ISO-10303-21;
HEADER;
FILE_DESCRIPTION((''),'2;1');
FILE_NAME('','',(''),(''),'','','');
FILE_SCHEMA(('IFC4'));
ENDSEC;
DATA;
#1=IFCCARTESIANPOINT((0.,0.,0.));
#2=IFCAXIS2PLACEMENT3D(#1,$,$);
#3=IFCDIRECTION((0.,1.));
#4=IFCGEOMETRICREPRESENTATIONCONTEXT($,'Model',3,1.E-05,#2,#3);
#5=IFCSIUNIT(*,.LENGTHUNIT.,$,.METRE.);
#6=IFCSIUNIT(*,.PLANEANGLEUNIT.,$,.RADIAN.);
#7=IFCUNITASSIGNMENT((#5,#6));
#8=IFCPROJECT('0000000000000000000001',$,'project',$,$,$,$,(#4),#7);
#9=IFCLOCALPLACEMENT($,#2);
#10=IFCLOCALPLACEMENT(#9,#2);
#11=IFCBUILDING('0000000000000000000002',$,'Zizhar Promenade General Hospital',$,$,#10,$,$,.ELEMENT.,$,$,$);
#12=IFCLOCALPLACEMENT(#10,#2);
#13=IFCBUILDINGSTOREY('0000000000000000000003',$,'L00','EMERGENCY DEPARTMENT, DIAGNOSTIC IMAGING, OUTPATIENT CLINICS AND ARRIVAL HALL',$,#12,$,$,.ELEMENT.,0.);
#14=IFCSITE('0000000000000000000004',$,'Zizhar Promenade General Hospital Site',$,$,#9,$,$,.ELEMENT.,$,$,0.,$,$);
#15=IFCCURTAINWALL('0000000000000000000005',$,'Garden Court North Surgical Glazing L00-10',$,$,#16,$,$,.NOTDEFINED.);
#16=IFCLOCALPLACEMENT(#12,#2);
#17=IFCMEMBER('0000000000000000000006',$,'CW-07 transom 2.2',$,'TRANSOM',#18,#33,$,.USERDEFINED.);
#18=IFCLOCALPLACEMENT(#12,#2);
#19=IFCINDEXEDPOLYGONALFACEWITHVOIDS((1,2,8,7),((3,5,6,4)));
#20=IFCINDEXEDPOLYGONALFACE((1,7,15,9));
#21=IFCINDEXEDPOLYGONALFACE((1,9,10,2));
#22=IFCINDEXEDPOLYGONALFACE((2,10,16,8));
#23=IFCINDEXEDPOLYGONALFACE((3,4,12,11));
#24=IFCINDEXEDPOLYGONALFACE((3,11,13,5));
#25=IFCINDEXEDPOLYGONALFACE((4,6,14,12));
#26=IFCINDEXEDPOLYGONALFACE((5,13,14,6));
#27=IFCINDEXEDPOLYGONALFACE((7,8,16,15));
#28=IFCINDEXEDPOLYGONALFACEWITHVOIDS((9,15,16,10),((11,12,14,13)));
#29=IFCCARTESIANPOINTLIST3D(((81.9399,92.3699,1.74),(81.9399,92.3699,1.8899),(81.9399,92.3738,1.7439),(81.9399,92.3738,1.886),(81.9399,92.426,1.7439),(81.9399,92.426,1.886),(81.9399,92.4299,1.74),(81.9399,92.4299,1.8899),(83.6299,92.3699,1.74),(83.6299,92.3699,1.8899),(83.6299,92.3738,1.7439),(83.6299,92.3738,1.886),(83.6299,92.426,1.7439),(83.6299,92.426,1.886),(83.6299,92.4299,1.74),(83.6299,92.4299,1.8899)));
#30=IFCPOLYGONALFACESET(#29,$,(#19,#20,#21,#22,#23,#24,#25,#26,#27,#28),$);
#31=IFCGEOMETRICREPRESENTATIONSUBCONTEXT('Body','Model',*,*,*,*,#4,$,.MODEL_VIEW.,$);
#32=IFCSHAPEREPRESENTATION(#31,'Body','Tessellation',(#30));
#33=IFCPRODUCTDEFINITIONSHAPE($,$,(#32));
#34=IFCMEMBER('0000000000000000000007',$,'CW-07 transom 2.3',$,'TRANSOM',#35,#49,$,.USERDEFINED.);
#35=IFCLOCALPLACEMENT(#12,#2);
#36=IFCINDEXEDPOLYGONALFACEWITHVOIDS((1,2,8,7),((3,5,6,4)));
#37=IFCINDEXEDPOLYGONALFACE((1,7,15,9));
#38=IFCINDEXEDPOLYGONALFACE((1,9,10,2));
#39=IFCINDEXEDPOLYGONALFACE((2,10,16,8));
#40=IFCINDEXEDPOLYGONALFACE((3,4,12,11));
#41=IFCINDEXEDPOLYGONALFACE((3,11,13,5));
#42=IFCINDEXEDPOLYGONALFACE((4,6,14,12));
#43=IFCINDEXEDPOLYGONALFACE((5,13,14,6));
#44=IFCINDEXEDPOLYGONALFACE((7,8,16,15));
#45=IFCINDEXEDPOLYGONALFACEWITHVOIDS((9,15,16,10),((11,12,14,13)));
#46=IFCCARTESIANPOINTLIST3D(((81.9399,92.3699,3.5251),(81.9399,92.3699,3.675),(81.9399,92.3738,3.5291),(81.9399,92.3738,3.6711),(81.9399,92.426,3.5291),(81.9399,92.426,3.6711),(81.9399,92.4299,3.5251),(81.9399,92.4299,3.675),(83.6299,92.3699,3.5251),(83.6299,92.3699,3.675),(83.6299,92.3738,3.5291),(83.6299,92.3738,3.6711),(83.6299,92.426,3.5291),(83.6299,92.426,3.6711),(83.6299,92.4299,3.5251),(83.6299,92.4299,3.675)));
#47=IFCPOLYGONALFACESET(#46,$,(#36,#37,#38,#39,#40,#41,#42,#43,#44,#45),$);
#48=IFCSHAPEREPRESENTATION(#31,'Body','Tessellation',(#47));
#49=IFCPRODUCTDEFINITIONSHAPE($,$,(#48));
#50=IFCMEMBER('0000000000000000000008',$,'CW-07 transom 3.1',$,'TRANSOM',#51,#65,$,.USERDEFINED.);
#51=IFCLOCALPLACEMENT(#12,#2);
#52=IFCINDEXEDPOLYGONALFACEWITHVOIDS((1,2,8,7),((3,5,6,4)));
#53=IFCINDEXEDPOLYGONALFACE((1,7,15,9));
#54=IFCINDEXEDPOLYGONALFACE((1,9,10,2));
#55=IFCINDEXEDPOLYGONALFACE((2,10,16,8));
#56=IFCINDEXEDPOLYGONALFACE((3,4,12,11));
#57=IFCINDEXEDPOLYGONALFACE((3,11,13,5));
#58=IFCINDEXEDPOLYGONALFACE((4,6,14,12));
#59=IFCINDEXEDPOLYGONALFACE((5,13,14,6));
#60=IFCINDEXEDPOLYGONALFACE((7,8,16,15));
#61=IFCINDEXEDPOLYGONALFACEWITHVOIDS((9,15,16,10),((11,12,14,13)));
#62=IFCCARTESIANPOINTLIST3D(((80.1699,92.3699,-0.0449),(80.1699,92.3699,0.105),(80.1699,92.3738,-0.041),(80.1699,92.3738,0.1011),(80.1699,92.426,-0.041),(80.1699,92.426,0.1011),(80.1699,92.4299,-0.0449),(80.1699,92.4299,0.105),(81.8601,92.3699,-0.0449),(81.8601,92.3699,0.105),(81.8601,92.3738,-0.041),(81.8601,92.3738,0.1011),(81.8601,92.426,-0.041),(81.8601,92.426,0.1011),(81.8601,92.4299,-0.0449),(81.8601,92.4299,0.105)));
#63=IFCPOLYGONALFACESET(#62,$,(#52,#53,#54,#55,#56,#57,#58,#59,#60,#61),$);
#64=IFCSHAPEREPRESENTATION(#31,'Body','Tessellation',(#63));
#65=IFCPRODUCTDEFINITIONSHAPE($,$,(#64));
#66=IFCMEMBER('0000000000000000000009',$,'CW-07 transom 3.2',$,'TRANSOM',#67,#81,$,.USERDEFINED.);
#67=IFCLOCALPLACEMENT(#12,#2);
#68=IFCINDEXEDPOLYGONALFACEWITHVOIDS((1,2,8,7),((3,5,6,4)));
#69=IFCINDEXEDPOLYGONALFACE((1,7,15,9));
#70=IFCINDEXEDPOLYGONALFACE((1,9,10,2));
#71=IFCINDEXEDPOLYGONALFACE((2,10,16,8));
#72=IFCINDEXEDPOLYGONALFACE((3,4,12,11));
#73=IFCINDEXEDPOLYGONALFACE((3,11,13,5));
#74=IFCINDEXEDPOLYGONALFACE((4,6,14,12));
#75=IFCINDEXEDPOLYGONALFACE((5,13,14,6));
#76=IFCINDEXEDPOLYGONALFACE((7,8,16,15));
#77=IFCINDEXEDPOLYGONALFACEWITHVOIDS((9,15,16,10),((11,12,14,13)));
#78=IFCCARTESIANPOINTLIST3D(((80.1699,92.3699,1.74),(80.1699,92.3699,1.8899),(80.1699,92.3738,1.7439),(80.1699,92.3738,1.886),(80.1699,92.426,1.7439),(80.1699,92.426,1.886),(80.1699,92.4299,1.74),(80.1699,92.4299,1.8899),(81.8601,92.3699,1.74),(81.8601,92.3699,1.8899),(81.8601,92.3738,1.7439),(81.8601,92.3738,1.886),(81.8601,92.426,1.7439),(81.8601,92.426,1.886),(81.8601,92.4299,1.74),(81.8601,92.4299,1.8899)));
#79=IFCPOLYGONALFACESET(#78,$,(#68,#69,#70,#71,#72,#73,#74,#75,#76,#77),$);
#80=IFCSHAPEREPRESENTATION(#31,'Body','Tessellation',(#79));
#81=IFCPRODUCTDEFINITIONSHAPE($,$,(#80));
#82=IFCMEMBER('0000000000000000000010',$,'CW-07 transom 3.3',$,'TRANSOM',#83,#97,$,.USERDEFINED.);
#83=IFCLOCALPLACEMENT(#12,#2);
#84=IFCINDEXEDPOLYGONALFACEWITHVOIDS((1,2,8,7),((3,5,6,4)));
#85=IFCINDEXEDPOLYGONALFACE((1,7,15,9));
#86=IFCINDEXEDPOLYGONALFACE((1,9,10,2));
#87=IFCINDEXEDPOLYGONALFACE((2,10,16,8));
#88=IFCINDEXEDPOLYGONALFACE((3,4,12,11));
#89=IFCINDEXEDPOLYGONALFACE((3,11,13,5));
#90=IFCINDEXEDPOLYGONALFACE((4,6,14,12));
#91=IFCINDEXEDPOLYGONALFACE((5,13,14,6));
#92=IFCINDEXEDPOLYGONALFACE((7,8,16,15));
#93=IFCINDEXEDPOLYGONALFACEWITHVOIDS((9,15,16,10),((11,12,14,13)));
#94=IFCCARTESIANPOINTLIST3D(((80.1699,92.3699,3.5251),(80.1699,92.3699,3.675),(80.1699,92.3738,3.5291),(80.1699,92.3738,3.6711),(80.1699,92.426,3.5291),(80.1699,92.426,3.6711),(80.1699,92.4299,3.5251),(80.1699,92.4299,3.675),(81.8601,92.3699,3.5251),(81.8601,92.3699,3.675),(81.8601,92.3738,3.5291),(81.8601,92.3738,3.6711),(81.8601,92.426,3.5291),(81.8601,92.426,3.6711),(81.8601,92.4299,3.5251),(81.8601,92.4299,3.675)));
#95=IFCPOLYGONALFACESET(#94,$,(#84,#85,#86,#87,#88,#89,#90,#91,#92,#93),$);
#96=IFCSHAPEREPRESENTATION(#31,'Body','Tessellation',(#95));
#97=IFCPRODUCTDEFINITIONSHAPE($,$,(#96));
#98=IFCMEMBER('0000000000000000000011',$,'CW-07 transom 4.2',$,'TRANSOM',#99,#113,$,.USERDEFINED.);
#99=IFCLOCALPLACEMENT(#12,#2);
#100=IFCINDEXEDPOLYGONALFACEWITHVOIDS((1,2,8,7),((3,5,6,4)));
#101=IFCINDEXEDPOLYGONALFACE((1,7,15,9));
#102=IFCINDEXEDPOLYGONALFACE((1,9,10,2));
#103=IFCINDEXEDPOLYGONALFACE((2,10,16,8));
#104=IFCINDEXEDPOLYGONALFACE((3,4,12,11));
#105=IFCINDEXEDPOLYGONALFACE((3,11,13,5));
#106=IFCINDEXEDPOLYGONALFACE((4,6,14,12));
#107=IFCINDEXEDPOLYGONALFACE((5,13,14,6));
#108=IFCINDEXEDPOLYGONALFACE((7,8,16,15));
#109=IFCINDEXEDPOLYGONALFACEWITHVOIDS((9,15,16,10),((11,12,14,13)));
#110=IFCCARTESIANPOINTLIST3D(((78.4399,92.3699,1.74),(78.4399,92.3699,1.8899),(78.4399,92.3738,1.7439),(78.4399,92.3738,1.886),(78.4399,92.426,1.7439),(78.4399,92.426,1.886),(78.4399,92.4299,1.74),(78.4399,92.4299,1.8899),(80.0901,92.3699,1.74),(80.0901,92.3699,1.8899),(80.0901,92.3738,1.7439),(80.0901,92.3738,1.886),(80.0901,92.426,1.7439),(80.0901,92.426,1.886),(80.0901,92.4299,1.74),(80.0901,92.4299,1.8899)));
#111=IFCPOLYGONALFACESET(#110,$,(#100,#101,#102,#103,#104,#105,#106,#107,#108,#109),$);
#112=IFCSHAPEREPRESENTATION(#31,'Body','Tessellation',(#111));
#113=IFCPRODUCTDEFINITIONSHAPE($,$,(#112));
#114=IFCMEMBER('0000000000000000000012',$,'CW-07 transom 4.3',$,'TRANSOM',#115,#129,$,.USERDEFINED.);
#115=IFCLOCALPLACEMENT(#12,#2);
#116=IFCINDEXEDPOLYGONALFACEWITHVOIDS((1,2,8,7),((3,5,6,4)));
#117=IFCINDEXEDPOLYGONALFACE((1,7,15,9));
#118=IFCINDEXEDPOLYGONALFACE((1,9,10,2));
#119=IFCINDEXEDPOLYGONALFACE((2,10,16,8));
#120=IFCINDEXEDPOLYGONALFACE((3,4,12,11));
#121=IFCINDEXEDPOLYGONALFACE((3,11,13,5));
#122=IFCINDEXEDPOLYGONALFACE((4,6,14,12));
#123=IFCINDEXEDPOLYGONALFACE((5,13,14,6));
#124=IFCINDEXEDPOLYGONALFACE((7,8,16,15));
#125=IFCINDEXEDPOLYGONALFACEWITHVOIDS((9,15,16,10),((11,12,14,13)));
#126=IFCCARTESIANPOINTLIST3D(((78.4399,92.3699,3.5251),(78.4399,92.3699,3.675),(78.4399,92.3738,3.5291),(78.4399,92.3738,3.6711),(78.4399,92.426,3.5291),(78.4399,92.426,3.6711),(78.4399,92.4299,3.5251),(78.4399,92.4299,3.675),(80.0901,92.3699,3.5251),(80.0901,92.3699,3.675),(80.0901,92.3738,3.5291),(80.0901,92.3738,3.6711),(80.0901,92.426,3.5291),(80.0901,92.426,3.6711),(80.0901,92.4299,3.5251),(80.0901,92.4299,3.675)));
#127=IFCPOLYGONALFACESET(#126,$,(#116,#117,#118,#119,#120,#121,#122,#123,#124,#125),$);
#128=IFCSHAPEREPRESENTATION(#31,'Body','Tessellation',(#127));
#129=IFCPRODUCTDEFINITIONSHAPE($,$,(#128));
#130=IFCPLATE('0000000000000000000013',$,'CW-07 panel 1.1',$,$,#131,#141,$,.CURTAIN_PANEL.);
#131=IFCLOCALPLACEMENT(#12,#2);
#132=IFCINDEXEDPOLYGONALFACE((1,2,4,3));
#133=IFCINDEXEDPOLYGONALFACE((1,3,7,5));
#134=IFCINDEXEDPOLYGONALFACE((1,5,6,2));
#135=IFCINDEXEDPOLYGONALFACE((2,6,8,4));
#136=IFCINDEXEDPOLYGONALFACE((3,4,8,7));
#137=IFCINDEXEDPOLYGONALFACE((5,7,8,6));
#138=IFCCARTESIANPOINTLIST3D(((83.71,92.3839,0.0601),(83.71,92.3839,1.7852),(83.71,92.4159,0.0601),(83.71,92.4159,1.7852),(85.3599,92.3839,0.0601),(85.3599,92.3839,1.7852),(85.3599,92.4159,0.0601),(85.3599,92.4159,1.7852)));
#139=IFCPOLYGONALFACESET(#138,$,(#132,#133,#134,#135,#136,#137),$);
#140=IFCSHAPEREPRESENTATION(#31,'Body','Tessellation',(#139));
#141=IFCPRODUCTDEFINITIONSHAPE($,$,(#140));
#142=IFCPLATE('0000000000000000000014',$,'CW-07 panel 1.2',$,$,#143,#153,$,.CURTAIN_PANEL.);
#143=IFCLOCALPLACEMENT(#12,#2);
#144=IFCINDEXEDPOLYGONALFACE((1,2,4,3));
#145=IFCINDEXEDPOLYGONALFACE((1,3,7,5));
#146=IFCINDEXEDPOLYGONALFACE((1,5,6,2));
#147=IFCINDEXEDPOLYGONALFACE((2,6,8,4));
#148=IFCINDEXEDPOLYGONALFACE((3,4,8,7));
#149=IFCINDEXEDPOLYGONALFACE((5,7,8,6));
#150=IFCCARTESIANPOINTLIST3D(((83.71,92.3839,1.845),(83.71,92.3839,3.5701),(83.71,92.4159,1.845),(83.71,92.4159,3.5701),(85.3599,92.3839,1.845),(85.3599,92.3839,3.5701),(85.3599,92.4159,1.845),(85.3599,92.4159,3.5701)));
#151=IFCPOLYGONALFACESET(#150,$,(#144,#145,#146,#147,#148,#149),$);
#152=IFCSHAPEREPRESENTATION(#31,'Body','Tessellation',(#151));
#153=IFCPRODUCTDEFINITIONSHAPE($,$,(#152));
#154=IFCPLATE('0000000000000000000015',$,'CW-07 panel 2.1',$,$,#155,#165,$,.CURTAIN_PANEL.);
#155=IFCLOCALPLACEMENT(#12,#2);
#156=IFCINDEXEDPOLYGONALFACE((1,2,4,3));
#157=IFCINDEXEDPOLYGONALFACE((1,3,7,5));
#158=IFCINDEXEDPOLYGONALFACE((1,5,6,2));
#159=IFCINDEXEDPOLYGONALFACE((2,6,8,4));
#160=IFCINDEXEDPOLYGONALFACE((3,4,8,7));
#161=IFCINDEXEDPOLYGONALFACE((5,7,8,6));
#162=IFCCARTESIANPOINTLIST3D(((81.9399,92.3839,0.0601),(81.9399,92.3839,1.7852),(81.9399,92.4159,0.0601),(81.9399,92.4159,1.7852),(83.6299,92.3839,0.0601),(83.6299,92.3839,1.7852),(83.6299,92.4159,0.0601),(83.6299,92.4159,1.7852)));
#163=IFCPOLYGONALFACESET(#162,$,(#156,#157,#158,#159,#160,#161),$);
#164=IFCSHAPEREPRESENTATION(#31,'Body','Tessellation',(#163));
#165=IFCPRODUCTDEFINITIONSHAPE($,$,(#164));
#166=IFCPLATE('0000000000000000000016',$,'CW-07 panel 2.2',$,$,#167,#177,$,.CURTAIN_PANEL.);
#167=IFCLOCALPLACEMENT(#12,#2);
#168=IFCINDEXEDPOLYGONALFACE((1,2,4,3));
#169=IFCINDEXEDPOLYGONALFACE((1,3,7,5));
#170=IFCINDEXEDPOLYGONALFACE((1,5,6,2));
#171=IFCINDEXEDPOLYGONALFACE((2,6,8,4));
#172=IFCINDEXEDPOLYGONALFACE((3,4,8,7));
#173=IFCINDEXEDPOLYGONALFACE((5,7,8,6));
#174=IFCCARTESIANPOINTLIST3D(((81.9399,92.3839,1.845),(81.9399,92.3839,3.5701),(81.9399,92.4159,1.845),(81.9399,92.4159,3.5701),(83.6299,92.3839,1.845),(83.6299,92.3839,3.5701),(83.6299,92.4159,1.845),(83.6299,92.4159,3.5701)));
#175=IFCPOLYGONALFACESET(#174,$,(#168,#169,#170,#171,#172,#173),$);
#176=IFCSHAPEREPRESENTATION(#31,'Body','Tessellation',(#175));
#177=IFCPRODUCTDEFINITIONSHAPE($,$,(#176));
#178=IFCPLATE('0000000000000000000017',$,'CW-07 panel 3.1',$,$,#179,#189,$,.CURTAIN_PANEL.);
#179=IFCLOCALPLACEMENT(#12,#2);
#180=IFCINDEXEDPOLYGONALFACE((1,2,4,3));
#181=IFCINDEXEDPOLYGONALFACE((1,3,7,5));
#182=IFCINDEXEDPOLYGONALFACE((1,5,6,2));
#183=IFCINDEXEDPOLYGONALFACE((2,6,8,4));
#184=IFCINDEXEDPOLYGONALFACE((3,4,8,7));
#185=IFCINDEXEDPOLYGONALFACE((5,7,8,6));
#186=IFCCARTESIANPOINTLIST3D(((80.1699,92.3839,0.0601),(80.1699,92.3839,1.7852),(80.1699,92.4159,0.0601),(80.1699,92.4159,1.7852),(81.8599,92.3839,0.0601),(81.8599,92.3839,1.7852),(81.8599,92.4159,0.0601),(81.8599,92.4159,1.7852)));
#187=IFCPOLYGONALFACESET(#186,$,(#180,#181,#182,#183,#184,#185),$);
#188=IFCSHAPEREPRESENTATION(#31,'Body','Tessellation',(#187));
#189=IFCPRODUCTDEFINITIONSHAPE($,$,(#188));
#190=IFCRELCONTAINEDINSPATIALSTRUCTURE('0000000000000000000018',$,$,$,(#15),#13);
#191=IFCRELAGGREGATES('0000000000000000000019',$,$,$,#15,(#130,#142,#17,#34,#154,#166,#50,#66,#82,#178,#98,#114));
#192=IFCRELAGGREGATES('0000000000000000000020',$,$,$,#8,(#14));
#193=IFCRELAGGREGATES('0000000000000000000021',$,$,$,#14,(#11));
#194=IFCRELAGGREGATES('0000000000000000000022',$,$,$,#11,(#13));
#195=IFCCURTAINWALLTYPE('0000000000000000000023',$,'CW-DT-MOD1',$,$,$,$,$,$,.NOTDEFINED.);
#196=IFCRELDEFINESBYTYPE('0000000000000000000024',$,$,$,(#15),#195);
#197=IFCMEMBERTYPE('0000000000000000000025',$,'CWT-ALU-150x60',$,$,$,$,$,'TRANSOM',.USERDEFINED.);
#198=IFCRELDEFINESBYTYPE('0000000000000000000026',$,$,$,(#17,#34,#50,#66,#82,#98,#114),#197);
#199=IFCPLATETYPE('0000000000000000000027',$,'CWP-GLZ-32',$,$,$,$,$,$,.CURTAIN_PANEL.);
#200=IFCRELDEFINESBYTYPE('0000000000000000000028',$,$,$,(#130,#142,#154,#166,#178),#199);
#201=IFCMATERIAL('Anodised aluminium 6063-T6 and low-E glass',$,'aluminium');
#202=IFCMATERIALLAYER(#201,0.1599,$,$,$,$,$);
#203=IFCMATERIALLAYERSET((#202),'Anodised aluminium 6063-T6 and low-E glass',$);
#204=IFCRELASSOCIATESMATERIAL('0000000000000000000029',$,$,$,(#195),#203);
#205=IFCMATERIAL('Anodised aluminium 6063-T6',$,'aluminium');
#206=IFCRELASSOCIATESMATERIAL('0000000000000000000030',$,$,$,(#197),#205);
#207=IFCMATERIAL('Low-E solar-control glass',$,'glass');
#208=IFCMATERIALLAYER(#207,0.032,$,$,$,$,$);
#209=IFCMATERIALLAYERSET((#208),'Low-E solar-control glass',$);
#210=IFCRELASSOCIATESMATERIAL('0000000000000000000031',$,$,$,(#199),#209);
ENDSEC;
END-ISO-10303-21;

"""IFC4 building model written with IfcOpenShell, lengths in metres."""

from ifc_helpers import new_model, si_unit, direction, frame, origin, origin_2d, place, context, subcontext, project, spatial, rectangle, hollow_rectangle, extrude, material, layer, layer_set, material_profile, profile_set, type_object, element, aggregate, save


model = new_model("IFC4")

# Units and contexts
model_context = context("Model", 3, precision=1e-05, world=origin(), true_north=direction((0.0, 1.0)))
body_context = subcontext(model_context, "Body", "Model", "MODEL_VIEW")
ifc_project = project(units=[si_unit("LENGTHUNIT", "METRE"), si_unit("PLANEANGLEUNIT", "RADIAN")], contexts=[model_context])

# Site, building, storey
site_placement = place(None, origin())
site = spatial("IfcSite", under=ifc_project, at=site_placement, Name="Zizhar Promenade General Hospital Site", CompositionType="ELEMENT", RefElevation=0.0)
building_placement = place(site_placement, origin())
building = spatial("IfcBuilding", under=site, at=building_placement, Name="Zizhar Promenade General Hospital", CompositionType="ELEMENT")
storey_placement = place(building_placement, origin())
storey = spatial("IfcBuildingStorey", under=building, at=storey_placement, Name="L00", Description="EMERGENCY DEPARTMENT, DIAGNOSTIC IMAGING, OUTPATIENT CLINICS AND ARRIVAL HALL", CompositionType="ELEMENT", Elevation=0.0)

# Curtain wall
ifc_material_1 = material(Name="Anodised aluminium 6063-T6 and low-E glass", Category="aluminium")
ifc_layer_1 = layer(ifc_material_1, 0.1599)
ifc_layer_set_1 = layer_set([ifc_layer_1], Name="Anodised aluminium 6063-T6 and low-E glass")
curtain_wall_type = type_object("IfcCurtainWallType", Name="CW-DT-MOD1", PredefinedType="NOTDEFINED", material=ifc_layer_set_1)
curtain_wall_1_placement = place(storey_placement, origin())
curtain_wall_1 = element("IfcCurtainWall", 1, at=curtain_wall_1_placement, inside=storey, type_object=curtain_wall_type, Name="Garden Court North Surgical Glazing L00-10", PredefinedType="NOTDEFINED")

# Members
ifc_material_2 = material(Name="Anodised aluminium 6063-T6", Category="aluminium")
ifc_material_profile_1 = material_profile(ifc_material_2, hollow_rectangle(XDim=0.0601, YDim=0.1499, WallThickness=0.0039, at=origin_2d()))
ifc_profile_set_1 = profile_set([ifc_material_profile_1], Name="Anodised aluminium 6063-T6")
member_type_1 = type_object("IfcMemberType", Name="CWT-ALU-150x60", ElementType="TRANSOM", PredefinedType="USERDEFINED", material=ifc_profile_set_1)
member_1_placement = place(storey_placement, frame((83.6299, 92.3999, 1.8149), z_axis=(-1.0, 0.0, 0.0), x_axis=(0.0, -1.0, 0.0)))
member_1 = element("IfcMember", 2, at=member_1_placement, type_object=member_type_1, Name="CW-07 transom 2.2", ObjectType="TRANSOM", PredefinedType="USERDEFINED", context=body_context, shape_type="SweptSolid", body=[
    extrude(hollow_rectangle(XDim=0.0601, YDim=0.1499, WallThickness=0.0039, at=origin_2d()), origin(), (0.0, 0.0, 1.0), 1.6899),
])
member_2_placement = place(storey_placement, frame((83.6299, 92.3999, 3.6001), z_axis=(-1.0, 0.0, 0.0), x_axis=(0.0, -1.0, 0.0)))
member_2 = element("IfcMember", 3, at=member_2_placement, type_object=member_type_1, Name="CW-07 transom 2.3", ObjectType="TRANSOM", PredefinedType="USERDEFINED", context=body_context, shape_type="SweptSolid", body=[
    extrude(hollow_rectangle(XDim=0.0601, YDim=0.1499, WallThickness=0.0039, at=origin_2d()), origin(), (0.0, 0.0, 1.0), 1.6899),
])
member_3_placement = place(storey_placement, frame((81.8601, 92.3999, 0.03), z_axis=(-1.0, 0.0, 0.0), x_axis=(0.0, -1.0, 0.0)))
member_3 = element("IfcMember", 4, at=member_3_placement, type_object=member_type_1, Name="CW-07 transom 3.1", ObjectType="TRANSOM", PredefinedType="USERDEFINED", context=body_context, shape_type="SweptSolid", body=[
    extrude(hollow_rectangle(XDim=0.0601, YDim=0.1499, WallThickness=0.0039, at=origin_2d()), origin(), (0.0, 0.0, 1.0), 1.6902),
])
member_4_placement = place(storey_placement, frame((81.8601, 92.3999, 1.8149), z_axis=(-1.0, 0.0, 0.0), x_axis=(0.0, -1.0, 0.0)))
member_4 = element("IfcMember", 5, at=member_4_placement, type_object=member_type_1, Name="CW-07 transom 3.2", ObjectType="TRANSOM", PredefinedType="USERDEFINED", context=body_context, shape_type="SweptSolid", body=[
    extrude(hollow_rectangle(XDim=0.0601, YDim=0.1499, WallThickness=0.0039, at=origin_2d()), origin(), (0.0, 0.0, 1.0), 1.6902),
])
member_5_placement = place(storey_placement, frame((81.8601, 92.3999, 3.6001), z_axis=(-1.0, 0.0, 0.0), x_axis=(0.0, -1.0, 0.0)))
member_5 = element("IfcMember", 6, at=member_5_placement, type_object=member_type_1, Name="CW-07 transom 3.3", ObjectType="TRANSOM", PredefinedType="USERDEFINED", context=body_context, shape_type="SweptSolid", body=[
    extrude(hollow_rectangle(XDim=0.0601, YDim=0.1499, WallThickness=0.0039, at=origin_2d()), origin(), (0.0, 0.0, 1.0), 1.6902),
])
member_6_placement = place(storey_placement, frame((80.0901, 92.3999, 1.8149), z_axis=(-1.0, 0.0, 0.0), x_axis=(0.0, -1.0, 0.0)))
member_6 = element("IfcMember", 7, at=member_6_placement, type_object=member_type_1, Name="CW-07 transom 4.2", ObjectType="TRANSOM", PredefinedType="USERDEFINED", context=body_context, shape_type="SweptSolid", body=[
    extrude(hollow_rectangle(XDim=0.0601, YDim=0.1499, WallThickness=0.0039, at=origin_2d()), origin(), (0.0, 0.0, 1.0), 1.6501),
])
member_7_placement = place(storey_placement, frame((80.0901, 92.3999, 3.6001), z_axis=(-1.0, 0.0, 0.0), x_axis=(0.0, -1.0, 0.0)))
member_7 = element("IfcMember", 8, at=member_7_placement, type_object=member_type_1, Name="CW-07 transom 4.3", ObjectType="TRANSOM", PredefinedType="USERDEFINED", context=body_context, shape_type="SweptSolid", body=[
    extrude(hollow_rectangle(XDim=0.0601, YDim=0.1499, WallThickness=0.0039, at=origin_2d()), origin(), (0.0, 0.0, 1.0), 1.6501),
])

# Plates
ifc_material_3 = material(Name="Low-E solar-control glass", Category="glass")
ifc_layer_2 = layer(ifc_material_3, 0.032)
ifc_layer_set_2 = layer_set([ifc_layer_2], Name="Low-E solar-control glass")
plate_type = type_object("IfcPlateType", Name="CWP-GLZ-32", PredefinedType="CURTAIN_PANEL", material=ifc_layer_set_2)
plate_1_placement = place(storey_placement, frame((84.5349, 92.3999, 0.0601), z_axis=(0.0, 0.0, 1.0), x_axis=(-1.0, 0.0, 0.0)))
plate_1 = element("IfcPlate", 9, at=plate_1_placement, type_object=plate_type, Name="CW-07 panel 1.1", PredefinedType="CURTAIN_PANEL", context=body_context, shape_type="SweptSolid", body=[
    extrude(rectangle(XDim=1.6499, YDim=0.032, at=origin_2d()), origin(), (0.0, 0.0, 1.0), 1.7251),
])
plate_2_placement = place(storey_placement, frame((84.5349, 92.3999, 1.845), z_axis=(0.0, 0.0, 1.0), x_axis=(-1.0, 0.0, 0.0)))
plate_2 = element("IfcPlate", 10, at=plate_2_placement, type_object=plate_type, Name="CW-07 panel 1.2", PredefinedType="CURTAIN_PANEL", context=body_context, shape_type="SweptSolid", body=[
    extrude(rectangle(XDim=1.6499, YDim=0.032, at=origin_2d()), origin(), (0.0, 0.0, 1.0), 1.7251),
])
plate_3_placement = place(storey_placement, frame((82.7849, 92.3999, 0.0601), z_axis=(0.0, 0.0, 1.0), x_axis=(-1.0, 0.0, 0.0)))
plate_3 = element("IfcPlate", 11, at=plate_3_placement, type_object=plate_type, Name="CW-07 panel 2.1", PredefinedType="CURTAIN_PANEL", context=body_context, shape_type="SweptSolid", body=[
    extrude(rectangle(XDim=1.6899, YDim=0.032, at=origin_2d()), origin(), (0.0, 0.0, 1.0), 1.7251),
])
plate_4_placement = place(storey_placement, frame((82.7849, 92.3999, 1.845), z_axis=(0.0, 0.0, 1.0), x_axis=(-1.0, 0.0, 0.0)))
plate_4 = element("IfcPlate", 12, at=plate_4_placement, type_object=plate_type, Name="CW-07 panel 2.2", PredefinedType="CURTAIN_PANEL", context=body_context, shape_type="SweptSolid", body=[
    extrude(rectangle(XDim=1.6899, YDim=0.032, at=origin_2d()), origin(), (0.0, 0.0, 1.0), 1.7251),
])
plate_5_placement = place(storey_placement, frame((81.0149, 92.3999, 0.0601), z_axis=(0.0, 0.0, 1.0), x_axis=(-1.0, 0.0, 0.0)))
plate_5 = element("IfcPlate", 13, at=plate_5_placement, type_object=plate_type, Name="CW-07 panel 3.1", PredefinedType="CURTAIN_PANEL", context=body_context, shape_type="SweptSolid", body=[
    extrude(rectangle(XDim=1.6899, YDim=0.032, at=origin_2d()), origin(), (0.0, 0.0, 1.0), 1.7251),
])
aggregate(curtain_wall_1, [plate_1, plate_2, member_1, member_2, plate_3, plate_4, member_3, member_4, member_5, plate_5, member_6, member_7])

save(model, "model.ifc")
